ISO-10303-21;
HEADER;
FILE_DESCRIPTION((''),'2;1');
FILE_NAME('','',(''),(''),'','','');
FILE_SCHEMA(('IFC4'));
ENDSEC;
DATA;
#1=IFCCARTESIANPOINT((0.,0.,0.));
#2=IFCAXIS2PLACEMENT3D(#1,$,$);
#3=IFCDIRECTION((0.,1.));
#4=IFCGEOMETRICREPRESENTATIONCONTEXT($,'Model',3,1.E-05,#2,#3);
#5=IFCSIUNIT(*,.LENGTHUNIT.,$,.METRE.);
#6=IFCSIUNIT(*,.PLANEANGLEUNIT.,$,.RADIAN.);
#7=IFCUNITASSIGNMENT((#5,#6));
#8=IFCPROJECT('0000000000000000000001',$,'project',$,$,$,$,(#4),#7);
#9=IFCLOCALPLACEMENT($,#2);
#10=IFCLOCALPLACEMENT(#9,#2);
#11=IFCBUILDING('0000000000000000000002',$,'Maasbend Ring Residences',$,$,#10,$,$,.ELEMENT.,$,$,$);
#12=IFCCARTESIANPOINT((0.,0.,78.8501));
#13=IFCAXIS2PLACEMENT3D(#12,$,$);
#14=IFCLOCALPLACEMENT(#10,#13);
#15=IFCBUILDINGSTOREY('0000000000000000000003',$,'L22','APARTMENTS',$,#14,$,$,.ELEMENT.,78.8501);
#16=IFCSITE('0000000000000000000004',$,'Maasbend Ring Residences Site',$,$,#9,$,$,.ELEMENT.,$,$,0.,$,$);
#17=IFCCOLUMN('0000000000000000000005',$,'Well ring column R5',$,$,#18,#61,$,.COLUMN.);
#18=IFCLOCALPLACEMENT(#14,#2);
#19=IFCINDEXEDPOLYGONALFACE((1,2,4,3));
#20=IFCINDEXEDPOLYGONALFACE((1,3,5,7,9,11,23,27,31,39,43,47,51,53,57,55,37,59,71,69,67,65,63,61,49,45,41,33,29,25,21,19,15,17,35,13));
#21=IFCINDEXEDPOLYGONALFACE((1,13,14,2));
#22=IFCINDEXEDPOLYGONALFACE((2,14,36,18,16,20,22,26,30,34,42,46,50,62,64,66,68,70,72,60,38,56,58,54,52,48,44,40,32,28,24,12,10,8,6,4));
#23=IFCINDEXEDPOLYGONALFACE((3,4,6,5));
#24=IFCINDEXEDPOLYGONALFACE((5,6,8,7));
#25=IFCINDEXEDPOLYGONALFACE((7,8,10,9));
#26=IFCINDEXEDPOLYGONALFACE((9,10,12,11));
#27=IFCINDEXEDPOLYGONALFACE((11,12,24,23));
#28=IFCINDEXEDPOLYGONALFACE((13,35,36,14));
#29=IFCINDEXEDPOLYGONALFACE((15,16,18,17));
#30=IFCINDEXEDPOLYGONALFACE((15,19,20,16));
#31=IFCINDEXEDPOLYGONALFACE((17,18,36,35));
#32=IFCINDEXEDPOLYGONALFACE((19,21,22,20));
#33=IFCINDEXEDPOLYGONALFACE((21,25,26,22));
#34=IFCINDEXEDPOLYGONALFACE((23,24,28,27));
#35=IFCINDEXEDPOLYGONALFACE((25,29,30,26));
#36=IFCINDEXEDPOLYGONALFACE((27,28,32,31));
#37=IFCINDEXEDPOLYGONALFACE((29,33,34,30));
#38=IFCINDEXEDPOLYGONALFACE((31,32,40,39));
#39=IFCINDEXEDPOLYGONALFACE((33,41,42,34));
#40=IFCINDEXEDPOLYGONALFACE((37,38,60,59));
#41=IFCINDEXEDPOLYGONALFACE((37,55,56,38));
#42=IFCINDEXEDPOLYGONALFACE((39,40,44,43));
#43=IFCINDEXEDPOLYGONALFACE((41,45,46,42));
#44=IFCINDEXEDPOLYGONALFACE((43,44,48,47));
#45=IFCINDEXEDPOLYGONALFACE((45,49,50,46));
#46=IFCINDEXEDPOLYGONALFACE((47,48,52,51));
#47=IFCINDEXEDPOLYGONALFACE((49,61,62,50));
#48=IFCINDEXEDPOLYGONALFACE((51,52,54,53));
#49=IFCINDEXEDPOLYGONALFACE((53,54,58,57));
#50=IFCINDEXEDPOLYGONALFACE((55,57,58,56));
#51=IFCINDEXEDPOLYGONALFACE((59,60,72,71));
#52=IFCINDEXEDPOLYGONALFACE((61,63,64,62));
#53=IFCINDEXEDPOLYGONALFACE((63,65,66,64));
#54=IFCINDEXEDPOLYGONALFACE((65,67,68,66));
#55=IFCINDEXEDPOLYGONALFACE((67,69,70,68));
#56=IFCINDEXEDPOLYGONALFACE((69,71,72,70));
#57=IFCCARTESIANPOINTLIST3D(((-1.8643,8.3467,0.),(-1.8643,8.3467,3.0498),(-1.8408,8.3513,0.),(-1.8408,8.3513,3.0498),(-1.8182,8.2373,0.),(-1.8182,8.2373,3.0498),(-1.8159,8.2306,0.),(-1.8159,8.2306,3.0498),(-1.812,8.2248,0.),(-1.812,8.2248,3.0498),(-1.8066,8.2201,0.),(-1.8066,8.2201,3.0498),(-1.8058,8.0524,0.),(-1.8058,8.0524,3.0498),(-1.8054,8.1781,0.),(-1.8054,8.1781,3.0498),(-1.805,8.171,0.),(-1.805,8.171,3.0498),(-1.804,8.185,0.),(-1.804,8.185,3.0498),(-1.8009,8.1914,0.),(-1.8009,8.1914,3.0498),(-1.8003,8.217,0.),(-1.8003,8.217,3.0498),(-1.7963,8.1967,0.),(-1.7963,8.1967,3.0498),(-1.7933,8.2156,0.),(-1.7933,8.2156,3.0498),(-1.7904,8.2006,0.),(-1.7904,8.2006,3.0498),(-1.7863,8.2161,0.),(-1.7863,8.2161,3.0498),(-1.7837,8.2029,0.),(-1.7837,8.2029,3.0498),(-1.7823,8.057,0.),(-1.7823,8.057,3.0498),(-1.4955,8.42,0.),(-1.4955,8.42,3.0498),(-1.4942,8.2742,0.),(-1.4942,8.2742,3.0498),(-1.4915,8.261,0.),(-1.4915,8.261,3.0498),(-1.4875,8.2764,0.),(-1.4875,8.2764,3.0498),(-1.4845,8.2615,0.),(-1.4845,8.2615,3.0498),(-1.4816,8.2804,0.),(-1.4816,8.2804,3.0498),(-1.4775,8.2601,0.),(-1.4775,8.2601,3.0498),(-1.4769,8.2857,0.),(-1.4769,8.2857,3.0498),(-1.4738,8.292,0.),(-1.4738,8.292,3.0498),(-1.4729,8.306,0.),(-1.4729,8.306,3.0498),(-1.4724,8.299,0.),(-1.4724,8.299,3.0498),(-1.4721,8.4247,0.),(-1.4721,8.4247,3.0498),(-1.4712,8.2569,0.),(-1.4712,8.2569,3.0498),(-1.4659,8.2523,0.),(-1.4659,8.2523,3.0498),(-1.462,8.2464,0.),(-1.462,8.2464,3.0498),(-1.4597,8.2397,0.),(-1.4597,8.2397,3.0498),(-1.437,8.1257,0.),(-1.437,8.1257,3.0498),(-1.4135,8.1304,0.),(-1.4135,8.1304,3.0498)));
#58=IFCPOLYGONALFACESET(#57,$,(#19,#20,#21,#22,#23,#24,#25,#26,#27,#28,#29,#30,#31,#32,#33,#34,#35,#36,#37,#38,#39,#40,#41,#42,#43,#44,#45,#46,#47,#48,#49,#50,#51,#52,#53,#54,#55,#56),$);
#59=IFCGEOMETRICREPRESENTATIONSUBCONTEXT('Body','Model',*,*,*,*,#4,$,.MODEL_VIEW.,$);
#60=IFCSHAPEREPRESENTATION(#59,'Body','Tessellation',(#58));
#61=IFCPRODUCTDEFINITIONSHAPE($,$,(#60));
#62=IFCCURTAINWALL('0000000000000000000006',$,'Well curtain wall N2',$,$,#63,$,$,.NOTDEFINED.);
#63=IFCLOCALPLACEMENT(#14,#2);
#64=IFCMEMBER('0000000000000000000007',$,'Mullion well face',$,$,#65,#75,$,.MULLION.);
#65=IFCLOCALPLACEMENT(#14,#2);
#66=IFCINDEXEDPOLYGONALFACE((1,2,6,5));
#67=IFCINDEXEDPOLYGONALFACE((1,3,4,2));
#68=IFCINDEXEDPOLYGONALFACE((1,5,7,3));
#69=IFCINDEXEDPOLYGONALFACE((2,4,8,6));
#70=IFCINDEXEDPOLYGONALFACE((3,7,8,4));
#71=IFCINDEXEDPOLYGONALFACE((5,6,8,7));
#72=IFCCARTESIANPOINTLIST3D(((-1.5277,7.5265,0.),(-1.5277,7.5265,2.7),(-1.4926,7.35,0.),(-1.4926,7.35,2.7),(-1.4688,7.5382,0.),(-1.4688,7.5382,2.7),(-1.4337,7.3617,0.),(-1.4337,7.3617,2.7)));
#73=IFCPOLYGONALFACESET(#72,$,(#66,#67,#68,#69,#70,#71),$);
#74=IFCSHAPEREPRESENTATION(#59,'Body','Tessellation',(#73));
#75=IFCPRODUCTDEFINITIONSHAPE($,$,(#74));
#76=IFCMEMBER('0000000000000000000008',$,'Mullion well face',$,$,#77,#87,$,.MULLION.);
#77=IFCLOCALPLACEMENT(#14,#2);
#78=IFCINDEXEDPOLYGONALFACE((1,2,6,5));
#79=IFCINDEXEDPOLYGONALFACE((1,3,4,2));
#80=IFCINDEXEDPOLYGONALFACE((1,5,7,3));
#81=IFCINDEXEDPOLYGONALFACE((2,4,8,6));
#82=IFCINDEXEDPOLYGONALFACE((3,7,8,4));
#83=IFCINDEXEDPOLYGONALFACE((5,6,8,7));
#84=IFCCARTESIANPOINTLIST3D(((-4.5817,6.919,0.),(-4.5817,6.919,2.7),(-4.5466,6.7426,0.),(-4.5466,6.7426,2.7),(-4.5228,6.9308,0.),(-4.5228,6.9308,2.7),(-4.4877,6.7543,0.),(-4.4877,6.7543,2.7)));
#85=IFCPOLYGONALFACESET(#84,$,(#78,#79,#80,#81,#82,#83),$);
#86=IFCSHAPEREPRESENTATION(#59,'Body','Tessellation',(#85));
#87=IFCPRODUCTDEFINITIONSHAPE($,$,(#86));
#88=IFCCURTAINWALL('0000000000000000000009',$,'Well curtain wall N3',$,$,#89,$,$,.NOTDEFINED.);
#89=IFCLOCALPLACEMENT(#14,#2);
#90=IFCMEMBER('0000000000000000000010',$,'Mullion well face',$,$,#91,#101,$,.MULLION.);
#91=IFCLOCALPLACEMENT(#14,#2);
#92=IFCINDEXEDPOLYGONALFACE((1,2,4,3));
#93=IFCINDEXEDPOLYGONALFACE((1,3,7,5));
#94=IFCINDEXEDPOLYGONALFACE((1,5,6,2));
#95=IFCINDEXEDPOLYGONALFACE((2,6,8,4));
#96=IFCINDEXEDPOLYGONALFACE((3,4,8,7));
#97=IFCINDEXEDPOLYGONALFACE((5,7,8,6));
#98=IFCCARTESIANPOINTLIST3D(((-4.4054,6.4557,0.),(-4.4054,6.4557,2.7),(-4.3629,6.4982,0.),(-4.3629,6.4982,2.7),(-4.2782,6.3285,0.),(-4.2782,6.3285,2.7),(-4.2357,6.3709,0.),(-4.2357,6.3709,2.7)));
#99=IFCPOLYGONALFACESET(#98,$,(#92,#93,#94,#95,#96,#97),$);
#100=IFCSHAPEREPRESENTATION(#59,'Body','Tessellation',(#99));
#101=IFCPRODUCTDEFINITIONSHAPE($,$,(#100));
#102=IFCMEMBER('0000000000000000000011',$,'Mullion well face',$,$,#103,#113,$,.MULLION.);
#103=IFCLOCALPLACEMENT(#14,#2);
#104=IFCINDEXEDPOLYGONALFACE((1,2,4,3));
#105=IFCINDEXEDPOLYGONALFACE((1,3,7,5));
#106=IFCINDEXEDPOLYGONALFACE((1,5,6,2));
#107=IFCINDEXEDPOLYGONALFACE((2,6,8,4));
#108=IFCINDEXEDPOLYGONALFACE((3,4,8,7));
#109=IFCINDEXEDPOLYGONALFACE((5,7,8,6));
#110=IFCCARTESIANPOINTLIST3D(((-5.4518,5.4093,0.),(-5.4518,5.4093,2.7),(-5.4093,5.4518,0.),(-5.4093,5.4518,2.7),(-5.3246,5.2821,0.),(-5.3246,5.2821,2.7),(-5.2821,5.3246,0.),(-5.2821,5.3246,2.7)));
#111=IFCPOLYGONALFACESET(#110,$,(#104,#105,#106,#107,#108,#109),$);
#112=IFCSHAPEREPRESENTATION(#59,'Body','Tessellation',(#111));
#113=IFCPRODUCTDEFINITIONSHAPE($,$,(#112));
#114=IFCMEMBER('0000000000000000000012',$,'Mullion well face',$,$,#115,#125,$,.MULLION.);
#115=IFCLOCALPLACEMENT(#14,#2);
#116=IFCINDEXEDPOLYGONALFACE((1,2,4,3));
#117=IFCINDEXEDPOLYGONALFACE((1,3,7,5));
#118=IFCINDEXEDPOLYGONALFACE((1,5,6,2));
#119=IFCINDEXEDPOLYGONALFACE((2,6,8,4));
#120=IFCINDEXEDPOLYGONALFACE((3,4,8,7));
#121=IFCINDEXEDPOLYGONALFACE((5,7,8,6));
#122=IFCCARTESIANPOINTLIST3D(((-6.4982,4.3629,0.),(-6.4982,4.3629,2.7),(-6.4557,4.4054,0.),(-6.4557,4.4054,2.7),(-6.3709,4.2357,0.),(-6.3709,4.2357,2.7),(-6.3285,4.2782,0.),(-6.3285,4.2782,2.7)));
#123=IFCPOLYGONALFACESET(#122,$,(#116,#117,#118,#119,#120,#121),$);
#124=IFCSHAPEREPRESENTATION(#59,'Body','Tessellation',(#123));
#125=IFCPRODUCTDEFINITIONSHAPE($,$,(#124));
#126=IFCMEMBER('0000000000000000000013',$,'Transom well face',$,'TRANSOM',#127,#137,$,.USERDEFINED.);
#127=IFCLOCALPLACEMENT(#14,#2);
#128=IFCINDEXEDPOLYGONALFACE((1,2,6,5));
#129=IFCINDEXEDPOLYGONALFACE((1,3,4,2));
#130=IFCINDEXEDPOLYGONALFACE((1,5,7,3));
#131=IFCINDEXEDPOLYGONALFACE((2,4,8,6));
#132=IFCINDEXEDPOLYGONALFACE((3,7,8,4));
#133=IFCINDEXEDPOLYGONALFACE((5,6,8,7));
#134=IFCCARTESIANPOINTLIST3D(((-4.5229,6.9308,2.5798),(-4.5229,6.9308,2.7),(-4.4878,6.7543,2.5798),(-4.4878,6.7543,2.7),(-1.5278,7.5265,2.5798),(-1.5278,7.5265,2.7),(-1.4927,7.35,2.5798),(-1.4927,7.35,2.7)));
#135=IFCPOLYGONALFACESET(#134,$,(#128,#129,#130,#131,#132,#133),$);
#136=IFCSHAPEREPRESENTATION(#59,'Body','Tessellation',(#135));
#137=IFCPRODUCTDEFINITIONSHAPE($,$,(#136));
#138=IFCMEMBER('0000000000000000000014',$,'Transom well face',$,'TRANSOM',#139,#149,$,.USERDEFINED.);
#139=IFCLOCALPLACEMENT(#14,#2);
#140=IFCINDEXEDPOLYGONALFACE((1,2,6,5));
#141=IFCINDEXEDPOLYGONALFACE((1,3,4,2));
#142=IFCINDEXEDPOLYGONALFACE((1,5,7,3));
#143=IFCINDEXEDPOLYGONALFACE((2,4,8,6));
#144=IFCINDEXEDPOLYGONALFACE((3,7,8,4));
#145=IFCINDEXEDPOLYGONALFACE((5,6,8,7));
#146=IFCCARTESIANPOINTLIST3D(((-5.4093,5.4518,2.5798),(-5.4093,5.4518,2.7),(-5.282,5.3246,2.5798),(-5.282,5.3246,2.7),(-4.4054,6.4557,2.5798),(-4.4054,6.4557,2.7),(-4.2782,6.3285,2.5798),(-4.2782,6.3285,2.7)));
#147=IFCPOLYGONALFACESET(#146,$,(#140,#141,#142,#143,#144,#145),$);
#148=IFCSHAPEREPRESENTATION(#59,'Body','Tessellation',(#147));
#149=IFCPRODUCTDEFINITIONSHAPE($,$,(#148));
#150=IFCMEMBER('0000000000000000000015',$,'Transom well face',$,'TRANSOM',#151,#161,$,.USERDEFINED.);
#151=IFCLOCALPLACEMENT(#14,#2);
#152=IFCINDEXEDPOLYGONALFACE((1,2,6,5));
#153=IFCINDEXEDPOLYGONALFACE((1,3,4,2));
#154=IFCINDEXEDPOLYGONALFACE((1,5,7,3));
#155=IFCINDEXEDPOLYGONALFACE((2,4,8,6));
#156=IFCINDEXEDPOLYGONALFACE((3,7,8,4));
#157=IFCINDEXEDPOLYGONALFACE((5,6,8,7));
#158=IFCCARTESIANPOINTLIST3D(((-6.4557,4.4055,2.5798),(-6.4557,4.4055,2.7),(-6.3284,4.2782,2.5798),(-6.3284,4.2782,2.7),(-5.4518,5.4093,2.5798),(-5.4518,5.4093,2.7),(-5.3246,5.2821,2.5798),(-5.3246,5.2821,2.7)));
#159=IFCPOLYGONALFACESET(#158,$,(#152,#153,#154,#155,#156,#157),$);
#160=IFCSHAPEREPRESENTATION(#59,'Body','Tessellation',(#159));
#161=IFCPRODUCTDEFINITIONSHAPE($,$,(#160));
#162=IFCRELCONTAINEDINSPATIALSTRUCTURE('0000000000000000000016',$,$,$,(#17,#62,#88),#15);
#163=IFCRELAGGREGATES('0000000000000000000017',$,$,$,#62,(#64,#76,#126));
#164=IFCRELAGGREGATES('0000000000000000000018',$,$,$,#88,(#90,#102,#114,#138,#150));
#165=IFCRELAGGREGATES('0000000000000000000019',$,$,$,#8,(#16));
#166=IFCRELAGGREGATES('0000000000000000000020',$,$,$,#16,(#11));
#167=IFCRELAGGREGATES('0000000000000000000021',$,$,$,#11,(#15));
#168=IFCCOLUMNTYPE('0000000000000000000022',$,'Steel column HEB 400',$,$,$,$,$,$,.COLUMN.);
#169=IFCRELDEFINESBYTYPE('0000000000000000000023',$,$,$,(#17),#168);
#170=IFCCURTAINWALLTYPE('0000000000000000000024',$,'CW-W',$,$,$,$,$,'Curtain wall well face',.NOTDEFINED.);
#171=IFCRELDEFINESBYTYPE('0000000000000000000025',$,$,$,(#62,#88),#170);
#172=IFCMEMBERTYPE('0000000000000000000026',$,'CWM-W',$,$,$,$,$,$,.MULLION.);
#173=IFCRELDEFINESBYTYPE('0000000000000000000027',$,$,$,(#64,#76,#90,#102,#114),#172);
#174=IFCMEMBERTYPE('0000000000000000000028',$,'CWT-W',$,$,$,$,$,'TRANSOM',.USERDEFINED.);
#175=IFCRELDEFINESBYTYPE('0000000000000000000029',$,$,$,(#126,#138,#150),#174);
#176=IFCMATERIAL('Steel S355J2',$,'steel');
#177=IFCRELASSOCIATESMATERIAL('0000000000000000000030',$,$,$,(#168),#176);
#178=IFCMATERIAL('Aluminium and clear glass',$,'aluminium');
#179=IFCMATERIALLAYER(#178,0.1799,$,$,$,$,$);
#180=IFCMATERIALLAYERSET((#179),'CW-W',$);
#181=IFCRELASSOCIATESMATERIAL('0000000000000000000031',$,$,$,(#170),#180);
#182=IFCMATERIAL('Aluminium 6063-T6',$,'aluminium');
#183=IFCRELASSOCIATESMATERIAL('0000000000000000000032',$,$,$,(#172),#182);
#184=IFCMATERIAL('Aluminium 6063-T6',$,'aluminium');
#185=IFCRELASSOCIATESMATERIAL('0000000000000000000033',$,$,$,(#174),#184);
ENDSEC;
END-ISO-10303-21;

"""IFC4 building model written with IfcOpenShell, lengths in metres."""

from ifc_helpers import new_model, si_unit, direction, frame, origin, origin_2d, place, context, subcontext, project, spatial, rectangle, i_section, extrude, material, layer, layer_set, material_profile, profile_set, type_object, element, aggregate, save


model = new_model("IFC4")

# Units and contexts
model_context = context("Model", 3, precision=1e-05, world=origin(), true_north=direction((0.0, 1.0)))
body_context = subcontext(model_context, "Body", "Model", "MODEL_VIEW")
ifc_project = project(units=[si_unit("LENGTHUNIT", "METRE"), si_unit("PLANEANGLEUNIT", "RADIAN")], contexts=[model_context])

# Site, building, storey
site_placement = place(None, origin())
site = spatial("IfcSite", under=ifc_project, at=site_placement, Name="Maasbend Ring Residences Site", CompositionType="ELEMENT", RefElevation=0.0)
building_placement = place(site_placement, origin())
building = spatial("IfcBuilding", under=site, at=building_placement, Name="Maasbend Ring Residences", CompositionType="ELEMENT")
storey_placement = place(building_placement, frame((0.0, 0.0, 78.8501)))
storey = spatial("IfcBuildingStorey", under=building, at=storey_placement, Name="L22", Description="APARTMENTS", CompositionType="ELEMENT", Elevation=78.8501)

# Column
ifc_material_1 = material(Name="Steel S355J2", Category="steel")
ifc_material_profile_1 = material_profile(ifc_material_1, i_section(OverallWidth=0.3, OverallDepth=0.3999, WebThickness=0.0134, FlangeThickness=0.0239, FilletRadius=0.0271, at=origin_2d()), Name="HEB 400")
ifc_profile_set_1 = profile_set([ifc_material_profile_1], Name="Steel S355J2")
column_type = type_object("IfcColumnType", Name="Steel column HEB 400", PredefinedType="COLUMN", material=ifc_profile_set_1)
column_placement = place(storey_placement, frame((-1.6389, 8.2385, 0.0), z_axis=(0.0, 0.0, 1.0), x_axis=(-0.19509, 0.980785, 0.0)))
element("IfcColumn", 1, at=column_placement, inside=storey, type_object=column_type, Name="Well ring column R5", PredefinedType="COLUMN", context=body_context, shape_type="SweptSolid", body=[
    extrude(i_section(OverallWidth=0.3, OverallDepth=0.3999, WebThickness=0.0134, FlangeThickness=0.0239, FilletRadius=0.0271, at=origin_2d()), origin(), (0.0, 0.0, 1.0), 3.0498),
])

# Curtain walls, members
ifc_material_2 = material(Name="Aluminium and clear glass", Category="aluminium")
ifc_layer_1 = layer(ifc_material_2, 0.1799)
ifc_layer_set_1 = layer_set([ifc_layer_1], Name="CW-W")
curtain_wall_type = type_object("IfcCurtainWallType", Name="CW-W", ElementType="Curtain wall well face", PredefinedType="NOTDEFINED", material=ifc_layer_set_1)
curtain_wall_1_placement = place(storey_placement, origin())
curtain_wall_1 = element("IfcCurtainWall", 2, at=curtain_wall_1_placement, inside=storey, type_object=curtain_wall_type, Name="Well curtain wall N2", PredefinedType="NOTDEFINED")
ifc_material_3 = material(Name="Aluminium 6063-T6", Category="aluminium")
ifc_material_profile_2 = material_profile(ifc_material_3, rectangle(XDim=0.1799, YDim=0.0601, at=origin_2d()), Name="AL 180x60")
ifc_profile_set_2 = profile_set([ifc_material_profile_2], Name="Aluminium 6063-T6")
member_type_1 = type_object("IfcMemberType", Name="CWM-W", PredefinedType="MULLION", material=ifc_profile_set_2)
member_1_placement = place(storey_placement, frame((-1.4807, 7.4441, 0.0), z_axis=(0.0, 0.0, 1.0), x_axis=(0.19509, -0.980785, 0.0)))
member_1 = element("IfcMember", 3, at=member_1_placement, type_object=member_type_1, Name="Mullion well face", PredefinedType="MULLION", context=body_context, shape_type="SweptSolid", body=[
    extrude(rectangle(XDim=0.1799, YDim=0.0601, at=origin_2d()), origin(), (0.0, 0.0, 1.0), 2.7),
])
member_2_placement = place(storey_placement, frame((-4.5347, 6.8367, 0.0), z_axis=(0.0, 0.0, 1.0), x_axis=(0.19509, -0.980785, 0.0)))
member_2 = element("IfcMember", 4, at=member_2_placement, type_object=member_type_1, Name="Mullion well face", PredefinedType="MULLION", context=body_context, shape_type="SweptSolid", body=[
    extrude(rectangle(XDim=0.1799, YDim=0.0601, at=origin_2d()), origin(), (0.0, 0.0, 1.0), 2.7),
])
curtain_wall_2_placement = place(storey_placement, origin())
curtain_wall_2 = element("IfcCurtainWall", 5, at=curtain_wall_2_placement, inside=storey, type_object=curtain_wall_type, Name="Well curtain wall N3", PredefinedType="NOTDEFINED")
member_3_placement = place(storey_placement, frame((-4.3206, 6.4133, 0.0), z_axis=(0.0, 0.0, 1.0), x_axis=(0.707107, -0.707107, 0.0)))
member_3 = element("IfcMember", 6, at=member_3_placement, type_object=member_type_1, Name="Mullion well face", PredefinedType="MULLION", context=body_context, shape_type="SweptSolid", body=[
    extrude(rectangle(XDim=0.1799, YDim=0.0601, at=origin_2d()), origin(), (0.0, 0.0, 1.0), 2.7),
])
member_4_placement = place(storey_placement, frame((-5.3669, 5.3669, 0.0), z_axis=(0.0, 0.0, 1.0), x_axis=(0.707107, -0.707107, 0.0)))
member_4 = element("IfcMember", 7, at=member_4_placement, type_object=member_type_1, Name="Mullion well face", PredefinedType="MULLION", context=body_context, shape_type="SweptSolid", body=[
    extrude(rectangle(XDim=0.1799, YDim=0.0601, at=origin_2d()), origin(), (0.0, 0.0, 1.0), 2.7),
])
member_5_placement = place(storey_placement, frame((-6.4133, 4.3206, 0.0), z_axis=(0.0, 0.0, 1.0), x_axis=(0.707107, -0.707107, 0.0)))
member_5 = element("IfcMember", 8, at=member_5_placement, type_object=member_type_1, Name="Mullion well face", PredefinedType="MULLION", context=body_context, shape_type="SweptSolid", body=[
    extrude(rectangle(XDim=0.1799, YDim=0.0601, at=origin_2d()), origin(), (0.0, 0.0, 1.0), 2.7),
])

# Members
ifc_material_4 = material(Name="Aluminium 6063-T6", Category="aluminium")
ifc_material_profile_3 = material_profile(ifc_material_4, rectangle(XDim=0.1799, YDim=0.1201, at=origin_2d()), Name="AL 180x120")
ifc_profile_set_3 = profile_set([ifc_material_profile_3], Name="Aluminium 6063-T6")
member_type_2 = type_object("IfcMemberType", Name="CWT-W", ElementType="TRANSOM", PredefinedType="USERDEFINED", material=ifc_profile_set_3)
member_6_placement = place(storey_placement, frame((-1.5103, 7.4382, 2.6399), z_axis=(-0.980789, -0.195071, 0.0), x_axis=(0.195071, -0.980789, 0.0)))
member_6 = element("IfcMember", 9, at=member_6_placement, type_object=member_type_2, Name="Transom well face", ObjectType="TRANSOM", PredefinedType="USERDEFINED", context=body_context, shape_type="SweptSolid", body=[
    extrude(rectangle(XDim=0.1799, YDim=0.1201, at=origin_2d()), origin(), (0.0, 0.0, 1.0), 3.0537),
])
member_7_placement = place(storey_placement, frame((-4.3418, 6.3921, 2.6399), z_axis=(-0.707107, -0.707107, 0.0), x_axis=(0.707107, -0.707107, 0.0)))
member_7 = element("IfcMember", 10, at=member_7_placement, type_object=member_type_2, Name="Transom well face", ObjectType="TRANSOM", PredefinedType="USERDEFINED", context=body_context, shape_type="SweptSolid", body=[
    extrude(rectangle(XDim=0.1799, YDim=0.1201, at=origin_2d()), origin(), (0.0, 0.0, 1.0), 1.4197),
])
member_8_placement = place(storey_placement, frame((-5.3882, 5.3457, 2.6399), z_axis=(-0.707107, -0.707107, 0.0), x_axis=(0.707107, -0.707107, 0.0)))
member_8 = element("IfcMember", 11, at=member_8_placement, type_object=member_type_2, Name="Transom well face", ObjectType="TRANSOM", PredefinedType="USERDEFINED", context=body_context, shape_type="SweptSolid", body=[
    extrude(rectangle(XDim=0.1799, YDim=0.1201, at=origin_2d()), origin(), (0.0, 0.0, 1.0), 1.4197),
])

aggregate(curtain_wall_1, [member_1, member_2, member_6])
aggregate(curtain_wall_2, [member_3, member_4, member_5, member_7, member_8])

save(model, "model.ifc")
